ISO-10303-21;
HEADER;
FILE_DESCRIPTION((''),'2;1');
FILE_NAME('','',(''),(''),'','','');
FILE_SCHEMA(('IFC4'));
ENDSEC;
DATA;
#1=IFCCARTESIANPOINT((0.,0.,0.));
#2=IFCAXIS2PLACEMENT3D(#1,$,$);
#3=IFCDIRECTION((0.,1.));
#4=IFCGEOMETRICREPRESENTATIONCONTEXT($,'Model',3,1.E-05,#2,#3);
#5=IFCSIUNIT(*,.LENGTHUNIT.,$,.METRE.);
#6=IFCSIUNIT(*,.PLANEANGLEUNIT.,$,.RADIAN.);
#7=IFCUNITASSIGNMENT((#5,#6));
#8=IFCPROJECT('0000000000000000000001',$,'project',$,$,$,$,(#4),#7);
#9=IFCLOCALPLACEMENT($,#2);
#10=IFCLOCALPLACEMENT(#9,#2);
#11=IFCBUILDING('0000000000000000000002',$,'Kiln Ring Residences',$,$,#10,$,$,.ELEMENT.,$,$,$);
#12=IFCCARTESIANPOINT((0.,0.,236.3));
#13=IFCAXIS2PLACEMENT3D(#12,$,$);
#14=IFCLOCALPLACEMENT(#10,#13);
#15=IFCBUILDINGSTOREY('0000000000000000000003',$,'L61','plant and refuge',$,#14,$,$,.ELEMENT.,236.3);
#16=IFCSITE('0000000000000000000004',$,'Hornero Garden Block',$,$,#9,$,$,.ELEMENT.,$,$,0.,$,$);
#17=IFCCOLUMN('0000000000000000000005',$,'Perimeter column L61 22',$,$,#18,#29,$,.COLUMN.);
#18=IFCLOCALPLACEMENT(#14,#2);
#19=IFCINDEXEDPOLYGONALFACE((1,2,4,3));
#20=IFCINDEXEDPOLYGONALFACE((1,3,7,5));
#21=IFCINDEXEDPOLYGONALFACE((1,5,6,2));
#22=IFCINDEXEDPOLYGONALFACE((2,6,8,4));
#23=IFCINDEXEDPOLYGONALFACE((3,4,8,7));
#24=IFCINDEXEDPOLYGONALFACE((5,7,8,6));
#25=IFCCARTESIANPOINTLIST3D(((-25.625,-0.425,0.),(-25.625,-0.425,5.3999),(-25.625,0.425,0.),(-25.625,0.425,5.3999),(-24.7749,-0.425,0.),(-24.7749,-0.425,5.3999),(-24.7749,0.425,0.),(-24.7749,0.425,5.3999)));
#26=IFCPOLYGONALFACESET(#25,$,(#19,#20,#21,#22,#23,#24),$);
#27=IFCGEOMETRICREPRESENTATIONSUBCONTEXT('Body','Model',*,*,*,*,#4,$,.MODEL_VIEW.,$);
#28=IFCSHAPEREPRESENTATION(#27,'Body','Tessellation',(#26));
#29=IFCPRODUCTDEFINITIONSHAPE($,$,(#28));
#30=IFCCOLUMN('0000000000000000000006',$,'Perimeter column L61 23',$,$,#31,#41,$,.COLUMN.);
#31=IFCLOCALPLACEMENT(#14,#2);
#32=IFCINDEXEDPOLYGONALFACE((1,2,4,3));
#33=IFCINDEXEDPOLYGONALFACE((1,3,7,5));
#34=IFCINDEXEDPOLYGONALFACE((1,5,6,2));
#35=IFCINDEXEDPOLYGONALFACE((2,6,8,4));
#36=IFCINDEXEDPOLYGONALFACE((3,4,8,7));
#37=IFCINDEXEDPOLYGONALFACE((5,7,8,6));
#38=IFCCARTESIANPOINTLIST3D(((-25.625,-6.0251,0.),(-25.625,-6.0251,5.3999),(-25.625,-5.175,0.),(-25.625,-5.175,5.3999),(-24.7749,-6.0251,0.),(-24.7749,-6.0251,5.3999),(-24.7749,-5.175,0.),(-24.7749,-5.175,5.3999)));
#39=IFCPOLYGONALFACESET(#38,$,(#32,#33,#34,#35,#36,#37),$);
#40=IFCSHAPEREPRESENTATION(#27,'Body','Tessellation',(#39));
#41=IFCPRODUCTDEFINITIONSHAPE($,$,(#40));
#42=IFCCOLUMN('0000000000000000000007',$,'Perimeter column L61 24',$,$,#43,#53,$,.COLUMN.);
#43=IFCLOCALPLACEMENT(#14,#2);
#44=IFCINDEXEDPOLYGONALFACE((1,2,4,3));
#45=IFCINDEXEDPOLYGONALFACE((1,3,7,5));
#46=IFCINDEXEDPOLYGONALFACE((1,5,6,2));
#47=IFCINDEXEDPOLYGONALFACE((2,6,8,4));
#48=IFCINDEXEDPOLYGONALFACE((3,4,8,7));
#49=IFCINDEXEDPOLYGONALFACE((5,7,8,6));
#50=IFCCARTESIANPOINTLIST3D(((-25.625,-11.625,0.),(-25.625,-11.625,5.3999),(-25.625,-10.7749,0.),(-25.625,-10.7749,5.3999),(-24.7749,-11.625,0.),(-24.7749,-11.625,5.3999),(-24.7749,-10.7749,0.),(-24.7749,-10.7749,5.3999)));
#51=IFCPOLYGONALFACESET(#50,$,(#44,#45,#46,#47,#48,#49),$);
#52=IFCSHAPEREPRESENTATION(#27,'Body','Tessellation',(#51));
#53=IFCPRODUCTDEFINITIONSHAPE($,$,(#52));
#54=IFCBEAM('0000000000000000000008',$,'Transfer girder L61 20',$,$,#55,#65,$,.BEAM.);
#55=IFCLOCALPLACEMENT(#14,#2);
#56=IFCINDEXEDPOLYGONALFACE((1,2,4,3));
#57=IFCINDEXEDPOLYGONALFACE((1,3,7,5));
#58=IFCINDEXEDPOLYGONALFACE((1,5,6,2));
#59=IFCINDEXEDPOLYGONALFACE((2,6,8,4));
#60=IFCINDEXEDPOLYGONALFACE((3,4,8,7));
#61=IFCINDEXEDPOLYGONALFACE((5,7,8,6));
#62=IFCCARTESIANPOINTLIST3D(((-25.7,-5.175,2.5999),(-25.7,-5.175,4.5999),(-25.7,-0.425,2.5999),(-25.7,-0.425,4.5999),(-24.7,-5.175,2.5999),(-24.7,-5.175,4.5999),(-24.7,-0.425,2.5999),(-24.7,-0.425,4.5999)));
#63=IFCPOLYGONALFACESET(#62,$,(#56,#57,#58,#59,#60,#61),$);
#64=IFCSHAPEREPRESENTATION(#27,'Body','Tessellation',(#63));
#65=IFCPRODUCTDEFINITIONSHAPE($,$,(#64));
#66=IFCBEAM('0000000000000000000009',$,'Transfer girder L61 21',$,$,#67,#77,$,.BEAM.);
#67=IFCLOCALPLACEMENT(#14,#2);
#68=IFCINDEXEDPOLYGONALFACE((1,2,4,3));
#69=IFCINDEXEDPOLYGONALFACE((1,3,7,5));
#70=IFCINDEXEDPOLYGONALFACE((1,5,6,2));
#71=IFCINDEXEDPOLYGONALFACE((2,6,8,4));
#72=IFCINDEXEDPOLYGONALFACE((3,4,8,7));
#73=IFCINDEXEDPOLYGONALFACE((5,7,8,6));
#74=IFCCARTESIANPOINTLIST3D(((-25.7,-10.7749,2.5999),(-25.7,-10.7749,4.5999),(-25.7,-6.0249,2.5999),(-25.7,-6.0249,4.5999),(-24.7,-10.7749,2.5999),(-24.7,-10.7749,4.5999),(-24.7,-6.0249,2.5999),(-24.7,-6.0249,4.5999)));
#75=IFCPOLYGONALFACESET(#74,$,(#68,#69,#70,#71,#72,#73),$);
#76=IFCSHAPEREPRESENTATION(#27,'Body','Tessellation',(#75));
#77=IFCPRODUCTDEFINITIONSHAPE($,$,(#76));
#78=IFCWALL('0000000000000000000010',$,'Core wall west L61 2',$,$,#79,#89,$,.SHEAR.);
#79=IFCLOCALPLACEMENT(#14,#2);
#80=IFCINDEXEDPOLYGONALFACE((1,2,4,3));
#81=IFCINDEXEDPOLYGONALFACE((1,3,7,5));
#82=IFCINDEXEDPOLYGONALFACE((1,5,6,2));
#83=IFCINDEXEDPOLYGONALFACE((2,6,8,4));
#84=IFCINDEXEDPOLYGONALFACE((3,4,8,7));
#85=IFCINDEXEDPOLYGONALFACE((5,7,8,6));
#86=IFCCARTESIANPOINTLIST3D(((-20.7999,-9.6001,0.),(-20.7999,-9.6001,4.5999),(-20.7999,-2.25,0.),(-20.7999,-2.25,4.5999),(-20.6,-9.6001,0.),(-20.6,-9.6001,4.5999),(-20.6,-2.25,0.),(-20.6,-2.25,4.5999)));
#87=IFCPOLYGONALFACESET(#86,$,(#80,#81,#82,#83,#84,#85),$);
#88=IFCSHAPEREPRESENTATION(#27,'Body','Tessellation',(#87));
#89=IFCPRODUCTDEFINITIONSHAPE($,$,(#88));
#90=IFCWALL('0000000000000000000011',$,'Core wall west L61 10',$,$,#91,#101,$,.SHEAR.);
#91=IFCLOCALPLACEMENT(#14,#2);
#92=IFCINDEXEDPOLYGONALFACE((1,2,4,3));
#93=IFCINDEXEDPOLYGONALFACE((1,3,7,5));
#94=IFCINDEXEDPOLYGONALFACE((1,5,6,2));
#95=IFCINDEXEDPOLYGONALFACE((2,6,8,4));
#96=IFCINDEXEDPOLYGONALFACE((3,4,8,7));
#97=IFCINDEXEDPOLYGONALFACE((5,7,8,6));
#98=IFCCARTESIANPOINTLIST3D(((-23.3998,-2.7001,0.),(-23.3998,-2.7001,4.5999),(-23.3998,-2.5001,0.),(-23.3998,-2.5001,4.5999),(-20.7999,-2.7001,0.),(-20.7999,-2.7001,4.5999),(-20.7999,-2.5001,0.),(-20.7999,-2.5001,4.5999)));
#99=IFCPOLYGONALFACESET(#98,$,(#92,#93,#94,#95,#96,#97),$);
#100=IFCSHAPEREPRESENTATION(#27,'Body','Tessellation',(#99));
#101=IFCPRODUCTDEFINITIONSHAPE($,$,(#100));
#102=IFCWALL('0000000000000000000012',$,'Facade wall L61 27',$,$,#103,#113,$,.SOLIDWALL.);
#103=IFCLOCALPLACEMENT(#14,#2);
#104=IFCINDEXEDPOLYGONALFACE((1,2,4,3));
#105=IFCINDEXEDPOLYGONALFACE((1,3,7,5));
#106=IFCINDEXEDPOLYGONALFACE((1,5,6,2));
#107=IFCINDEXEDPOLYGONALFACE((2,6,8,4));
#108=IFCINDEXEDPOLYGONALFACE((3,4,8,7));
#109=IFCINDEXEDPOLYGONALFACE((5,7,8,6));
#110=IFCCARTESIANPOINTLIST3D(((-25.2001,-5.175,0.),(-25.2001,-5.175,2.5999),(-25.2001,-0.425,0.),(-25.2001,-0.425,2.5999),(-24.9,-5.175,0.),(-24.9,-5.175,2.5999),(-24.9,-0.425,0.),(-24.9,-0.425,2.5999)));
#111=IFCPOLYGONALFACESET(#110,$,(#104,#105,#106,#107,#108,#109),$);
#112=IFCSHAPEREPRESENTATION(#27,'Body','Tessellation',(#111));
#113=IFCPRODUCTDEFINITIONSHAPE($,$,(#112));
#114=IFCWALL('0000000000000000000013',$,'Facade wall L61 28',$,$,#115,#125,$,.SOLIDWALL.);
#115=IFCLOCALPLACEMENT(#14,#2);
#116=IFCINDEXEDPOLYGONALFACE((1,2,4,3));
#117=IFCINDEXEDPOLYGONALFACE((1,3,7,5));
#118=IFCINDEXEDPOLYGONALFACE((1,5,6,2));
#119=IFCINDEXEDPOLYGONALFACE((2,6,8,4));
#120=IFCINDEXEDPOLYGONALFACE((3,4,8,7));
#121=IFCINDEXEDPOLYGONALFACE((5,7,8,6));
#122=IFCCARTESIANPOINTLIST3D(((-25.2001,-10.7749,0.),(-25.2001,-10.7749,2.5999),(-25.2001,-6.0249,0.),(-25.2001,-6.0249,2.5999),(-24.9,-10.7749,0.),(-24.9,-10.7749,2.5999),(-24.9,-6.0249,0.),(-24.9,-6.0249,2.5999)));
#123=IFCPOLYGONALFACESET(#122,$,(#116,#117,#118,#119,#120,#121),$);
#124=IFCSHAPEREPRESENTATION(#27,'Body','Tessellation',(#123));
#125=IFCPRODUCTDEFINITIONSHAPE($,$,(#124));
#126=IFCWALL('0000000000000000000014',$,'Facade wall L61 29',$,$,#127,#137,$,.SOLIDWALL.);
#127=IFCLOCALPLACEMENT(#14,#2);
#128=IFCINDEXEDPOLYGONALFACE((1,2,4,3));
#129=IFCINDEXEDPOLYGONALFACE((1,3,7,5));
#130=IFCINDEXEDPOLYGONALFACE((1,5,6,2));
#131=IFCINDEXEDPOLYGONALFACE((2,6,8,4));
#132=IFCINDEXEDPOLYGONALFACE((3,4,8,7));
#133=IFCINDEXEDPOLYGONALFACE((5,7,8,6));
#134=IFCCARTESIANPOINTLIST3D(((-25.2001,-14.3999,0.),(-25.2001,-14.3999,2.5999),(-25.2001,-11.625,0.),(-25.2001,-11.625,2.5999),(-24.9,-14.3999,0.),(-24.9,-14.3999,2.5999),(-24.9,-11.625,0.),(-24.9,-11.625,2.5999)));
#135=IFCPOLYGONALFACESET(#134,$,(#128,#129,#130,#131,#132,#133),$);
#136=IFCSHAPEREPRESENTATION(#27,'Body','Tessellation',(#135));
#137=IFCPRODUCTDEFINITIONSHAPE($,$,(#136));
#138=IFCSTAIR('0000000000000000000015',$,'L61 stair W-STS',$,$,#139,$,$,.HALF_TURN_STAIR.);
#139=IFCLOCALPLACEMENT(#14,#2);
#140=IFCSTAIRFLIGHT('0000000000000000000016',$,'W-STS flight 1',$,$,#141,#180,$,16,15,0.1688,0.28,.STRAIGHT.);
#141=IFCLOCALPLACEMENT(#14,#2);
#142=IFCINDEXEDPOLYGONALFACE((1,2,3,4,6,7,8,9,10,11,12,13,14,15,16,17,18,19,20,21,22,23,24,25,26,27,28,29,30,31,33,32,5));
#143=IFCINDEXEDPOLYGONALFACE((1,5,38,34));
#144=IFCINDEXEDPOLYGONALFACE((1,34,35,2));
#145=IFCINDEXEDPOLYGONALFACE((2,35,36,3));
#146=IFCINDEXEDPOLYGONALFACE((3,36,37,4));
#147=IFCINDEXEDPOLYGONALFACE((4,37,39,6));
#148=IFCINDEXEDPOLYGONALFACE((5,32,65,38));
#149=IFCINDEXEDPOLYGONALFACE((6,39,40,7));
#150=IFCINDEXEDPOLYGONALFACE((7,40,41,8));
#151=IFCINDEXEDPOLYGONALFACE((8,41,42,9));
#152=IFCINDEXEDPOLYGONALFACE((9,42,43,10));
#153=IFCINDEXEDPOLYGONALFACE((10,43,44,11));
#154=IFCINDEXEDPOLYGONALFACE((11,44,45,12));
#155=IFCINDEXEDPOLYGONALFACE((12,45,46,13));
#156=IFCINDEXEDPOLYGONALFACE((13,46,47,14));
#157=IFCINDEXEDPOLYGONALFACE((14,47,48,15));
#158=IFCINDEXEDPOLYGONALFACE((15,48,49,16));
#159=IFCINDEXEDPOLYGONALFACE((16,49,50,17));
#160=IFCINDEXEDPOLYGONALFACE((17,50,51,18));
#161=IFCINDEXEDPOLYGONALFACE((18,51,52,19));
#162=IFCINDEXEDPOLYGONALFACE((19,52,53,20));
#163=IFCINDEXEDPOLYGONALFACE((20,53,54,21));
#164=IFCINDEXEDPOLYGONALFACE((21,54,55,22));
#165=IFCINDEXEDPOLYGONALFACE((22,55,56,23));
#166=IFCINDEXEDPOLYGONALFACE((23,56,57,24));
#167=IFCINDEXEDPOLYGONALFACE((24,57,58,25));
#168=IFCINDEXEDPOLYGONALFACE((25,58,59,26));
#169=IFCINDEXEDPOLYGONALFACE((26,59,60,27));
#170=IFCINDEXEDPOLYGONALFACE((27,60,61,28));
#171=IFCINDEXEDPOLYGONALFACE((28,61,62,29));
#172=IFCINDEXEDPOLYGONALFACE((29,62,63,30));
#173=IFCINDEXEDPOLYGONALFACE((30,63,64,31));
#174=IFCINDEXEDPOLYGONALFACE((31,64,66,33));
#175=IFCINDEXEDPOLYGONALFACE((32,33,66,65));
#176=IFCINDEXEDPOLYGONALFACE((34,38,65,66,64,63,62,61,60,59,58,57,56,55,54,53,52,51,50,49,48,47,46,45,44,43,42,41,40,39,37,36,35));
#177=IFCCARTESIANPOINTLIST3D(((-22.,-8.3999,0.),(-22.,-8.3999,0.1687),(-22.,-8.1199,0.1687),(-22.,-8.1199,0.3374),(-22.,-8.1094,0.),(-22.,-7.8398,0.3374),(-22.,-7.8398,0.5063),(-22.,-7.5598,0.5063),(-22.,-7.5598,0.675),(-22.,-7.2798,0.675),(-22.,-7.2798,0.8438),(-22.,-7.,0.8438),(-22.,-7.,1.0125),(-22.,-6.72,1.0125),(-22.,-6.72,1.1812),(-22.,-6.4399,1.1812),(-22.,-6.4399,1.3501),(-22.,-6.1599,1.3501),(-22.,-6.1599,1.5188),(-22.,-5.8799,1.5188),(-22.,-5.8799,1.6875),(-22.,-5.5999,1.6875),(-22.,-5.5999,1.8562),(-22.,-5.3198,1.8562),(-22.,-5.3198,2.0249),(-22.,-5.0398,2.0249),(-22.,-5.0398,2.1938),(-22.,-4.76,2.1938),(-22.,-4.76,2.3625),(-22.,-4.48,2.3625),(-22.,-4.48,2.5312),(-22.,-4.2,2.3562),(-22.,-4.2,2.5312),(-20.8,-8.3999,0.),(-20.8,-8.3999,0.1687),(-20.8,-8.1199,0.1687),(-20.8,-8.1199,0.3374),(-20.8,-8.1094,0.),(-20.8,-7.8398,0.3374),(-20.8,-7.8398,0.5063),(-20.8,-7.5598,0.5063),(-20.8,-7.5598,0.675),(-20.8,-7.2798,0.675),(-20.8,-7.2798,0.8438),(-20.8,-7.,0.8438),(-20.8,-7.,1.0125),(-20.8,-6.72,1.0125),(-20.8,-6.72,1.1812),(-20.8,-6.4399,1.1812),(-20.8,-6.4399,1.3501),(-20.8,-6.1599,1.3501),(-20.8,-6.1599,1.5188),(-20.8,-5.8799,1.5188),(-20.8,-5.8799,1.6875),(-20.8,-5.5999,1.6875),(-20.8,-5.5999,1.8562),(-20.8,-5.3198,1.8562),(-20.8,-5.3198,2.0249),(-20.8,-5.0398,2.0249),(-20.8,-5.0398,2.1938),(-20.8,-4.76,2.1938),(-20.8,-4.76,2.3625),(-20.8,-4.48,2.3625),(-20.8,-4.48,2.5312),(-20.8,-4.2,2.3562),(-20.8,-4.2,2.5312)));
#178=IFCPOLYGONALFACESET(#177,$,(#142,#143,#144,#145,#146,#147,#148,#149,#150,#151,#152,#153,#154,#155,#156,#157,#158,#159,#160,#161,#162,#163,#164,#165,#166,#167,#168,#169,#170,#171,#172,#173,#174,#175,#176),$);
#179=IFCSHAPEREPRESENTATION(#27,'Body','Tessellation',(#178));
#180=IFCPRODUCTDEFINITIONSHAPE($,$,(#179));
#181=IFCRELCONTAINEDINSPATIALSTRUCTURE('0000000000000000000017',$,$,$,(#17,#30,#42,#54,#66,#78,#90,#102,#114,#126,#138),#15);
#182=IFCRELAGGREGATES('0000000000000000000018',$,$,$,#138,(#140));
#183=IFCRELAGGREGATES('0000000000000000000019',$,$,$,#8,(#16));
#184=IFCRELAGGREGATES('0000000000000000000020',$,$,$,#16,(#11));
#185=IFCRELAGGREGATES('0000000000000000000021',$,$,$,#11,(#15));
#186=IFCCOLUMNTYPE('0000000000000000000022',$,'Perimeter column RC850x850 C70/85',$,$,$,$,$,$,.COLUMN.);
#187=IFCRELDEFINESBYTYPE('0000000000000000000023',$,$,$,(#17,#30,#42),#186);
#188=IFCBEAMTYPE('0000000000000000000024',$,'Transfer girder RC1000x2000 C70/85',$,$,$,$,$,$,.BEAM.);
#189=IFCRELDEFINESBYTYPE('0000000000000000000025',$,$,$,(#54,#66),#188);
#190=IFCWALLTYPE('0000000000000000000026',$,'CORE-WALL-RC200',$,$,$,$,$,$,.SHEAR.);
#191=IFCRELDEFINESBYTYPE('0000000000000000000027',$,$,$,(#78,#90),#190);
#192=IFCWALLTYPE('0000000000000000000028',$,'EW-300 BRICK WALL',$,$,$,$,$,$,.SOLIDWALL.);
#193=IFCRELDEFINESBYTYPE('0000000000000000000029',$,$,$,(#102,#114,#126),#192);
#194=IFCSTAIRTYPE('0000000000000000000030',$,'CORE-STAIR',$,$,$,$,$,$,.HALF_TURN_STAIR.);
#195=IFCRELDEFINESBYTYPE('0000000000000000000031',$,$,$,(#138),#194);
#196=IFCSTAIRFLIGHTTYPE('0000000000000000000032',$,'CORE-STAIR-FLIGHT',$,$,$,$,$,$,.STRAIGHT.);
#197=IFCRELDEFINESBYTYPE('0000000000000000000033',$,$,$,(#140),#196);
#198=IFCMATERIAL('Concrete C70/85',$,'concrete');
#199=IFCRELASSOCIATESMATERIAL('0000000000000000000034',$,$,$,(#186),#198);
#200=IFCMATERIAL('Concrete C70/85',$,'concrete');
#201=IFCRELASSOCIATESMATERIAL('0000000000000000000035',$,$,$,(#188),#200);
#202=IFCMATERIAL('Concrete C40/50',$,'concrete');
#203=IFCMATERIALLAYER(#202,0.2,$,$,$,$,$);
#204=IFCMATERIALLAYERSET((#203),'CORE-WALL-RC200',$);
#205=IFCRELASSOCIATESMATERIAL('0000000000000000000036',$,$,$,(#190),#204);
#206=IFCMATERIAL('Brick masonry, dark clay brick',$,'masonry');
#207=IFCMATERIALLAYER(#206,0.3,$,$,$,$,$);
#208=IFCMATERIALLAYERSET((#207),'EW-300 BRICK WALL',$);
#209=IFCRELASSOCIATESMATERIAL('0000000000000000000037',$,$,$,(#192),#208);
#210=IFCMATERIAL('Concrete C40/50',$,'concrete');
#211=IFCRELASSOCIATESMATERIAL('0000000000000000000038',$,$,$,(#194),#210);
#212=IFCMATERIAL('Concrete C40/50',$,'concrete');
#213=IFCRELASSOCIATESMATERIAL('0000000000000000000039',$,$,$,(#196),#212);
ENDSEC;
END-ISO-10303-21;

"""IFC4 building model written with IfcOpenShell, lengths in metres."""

from ifc_helpers import new_model, si_unit, direction, frame, frame_2d, origin, origin_2d, place, context, subcontext, project, spatial, polyline, rectangle, outline, extrude, material, layer, layer_set, material_profile, profile_set, type_object, element, aggregate, save


model = new_model("IFC4")

# Units and contexts
model_context = context("Model", 3, precision=1e-05, world=origin(), true_north=direction((0.0, 1.0)))
body_context = subcontext(model_context, "Body", "Model", "MODEL_VIEW")
ifc_project = project(units=[si_unit("LENGTHUNIT", "METRE"), si_unit("PLANEANGLEUNIT", "RADIAN")], contexts=[model_context])

# Site, building, storey
site_placement = place(None, origin())
site = spatial("IfcSite", under=ifc_project, at=site_placement, Name="Hornero Garden Block", CompositionType="ELEMENT", RefElevation=0.0)
building_placement = place(site_placement, origin())
building = spatial("IfcBuilding", under=site, at=building_placement, Name="Kiln Ring Residences", CompositionType="ELEMENT")
storey_placement = place(building_placement, frame((0.0, 0.0, 236.3)))
storey = spatial("IfcBuildingStorey", under=building, at=storey_placement, Name="L61", Description="plant and refuge", CompositionType="ELEMENT", Elevation=236.3)

# Columns
ifc_material_1 = material(Name="Concrete C70/85", Category="concrete")
ifc_material_profile_1 = material_profile(ifc_material_1, rectangle(XDim=0.8501, YDim=0.8501, at=origin_2d()), Name="RC850x850")
ifc_profile_set_1 = profile_set([ifc_material_profile_1], Name="Concrete C70/85")
column_type = type_object("IfcColumnType", Name="Perimeter column RC850x850 C70/85", PredefinedType="COLUMN", material=ifc_profile_set_1)
for number, where, z_axis, x_axis, name in (
    (1, (-25.2, 0.0, 0.0), (0.0, 0.0, 1.0), (1.0, 0.0, 0.0), "Perimeter column L61 22"),
    (2, (-25.2, -5.6001, 0.0), (0.0, 0.0, 1.0), (1.0, 0.0, 0.0), "Perimeter column L61 23"),
    (3, (-25.2, -11.2, 0.0), (0.0, 0.0, 1.0), (1.0, 0.0, 0.0), "Perimeter column L61 24"),
):
    element("IfcColumn", number, at=place(storey_placement, frame(where, z_axis=z_axis, x_axis=x_axis)), inside=storey, type_object=column_type, Name=name, PredefinedType="COLUMN", context=body_context, shape_type="SweptSolid", body=[
        extrude(rectangle(XDim=0.8501, YDim=0.8501, at=origin_2d()), origin(), (0.0, 0.0, 1.0), 5.3999),
    ])

# Beams
ifc_material_2 = material(Name="Concrete C70/85", Category="concrete")
ifc_material_profile_2 = material_profile(ifc_material_2, rectangle(XDim=1.0, YDim=2.0, at=origin_2d()), Name="RC1000x2000")
ifc_profile_set_2 = profile_set([ifc_material_profile_2], Name="Concrete C70/85")
beam_type = type_object("IfcBeamType", Name="Transfer girder RC1000x2000 C70/85", PredefinedType="BEAM", material=ifc_profile_set_2)
for number, where, z_axis, x_axis, name in (
    (4, (-25.2, -0.425, 3.5999), (0.0, -1.0, 0.0), (1.0, 0.0, 0.0), "Transfer girder L61 20"),
    (5, (-25.2, -6.0249, 3.5999), (0.0, -1.0, 0.0), (1.0, 0.0, 0.0), "Transfer girder L61 21"),
):
    element("IfcBeam", number, at=place(storey_placement, frame(where, z_axis=z_axis, x_axis=x_axis)), inside=storey, type_object=beam_type, Name=name, PredefinedType="BEAM", context=body_context, shape_type="SweptSolid", body=[
        extrude(rectangle(XDim=1.0, YDim=2.0, at=origin_2d()), origin(), (0.0, 0.0, 1.0), 4.75),
    ])

# Walls
ifc_material_3 = material(Name="Concrete C40/50", Category="concrete")
ifc_layer_1 = layer(ifc_material_3, 0.2)
ifc_layer_set_1 = layer_set([ifc_layer_1], Name="CORE-WALL-RC200")
wall_type_1 = type_object("IfcWallType", Name="CORE-WALL-RC200", PredefinedType="SHEAR", material=ifc_layer_set_1)
wall_1_placement = place(storey_placement, frame((-20.7, -9.6001, 0.0), z_axis=(0.0, 0.0, 1.0), x_axis=(0.0, 1.0, 0.0)))
element("IfcWall", 6, at=wall_1_placement, inside=storey, type_object=wall_type_1, Name="Core wall west L61 2", PredefinedType="SHEAR", context=body_context, shape_type="SweptSolid", body=[
    extrude(rectangle(XDim=7.3501, YDim=0.2, at=frame_2d((3.675, 0.0))), origin(), (0.0, 0.0, 1.0), 4.5999),
])
wall_2_placement = place(storey_placement, frame((-20.8, -2.6001, 0.0), z_axis=(0.0, 0.0, 1.0), x_axis=(-1.0, 0.0, 0.0)))
element("IfcWall", 7, at=wall_2_placement, inside=storey, type_object=wall_type_1, Name="Core wall west L61 10", PredefinedType="SHEAR", context=body_context, shape_type="SweptSolid", body=[
    extrude(rectangle(XDim=2.5999, YDim=0.2, at=frame_2d((1.2998, 0.0))), origin(), (0.0, 0.0, 1.0), 4.5999),
])
ifc_material_4 = material(Name="Brick masonry, dark clay brick", Category="masonry")
ifc_layer_2 = layer(ifc_material_4, 0.3)
ifc_layer_set_2 = layer_set([ifc_layer_2], Name="EW-300 BRICK WALL")
wall_type_2 = type_object("IfcWallType", Name="EW-300 BRICK WALL", PredefinedType="SOLIDWALL", material=ifc_layer_set_2)
for number, where, z_axis, x_axis, name in (
    (8, (-25.05, -0.425, 0.0), (0.0, 0.0, 1.0), (0.0, -1.0, 0.0), "Facade wall L61 27"),
    (9, (-25.05, -6.0249, 0.0), (0.0, 0.0, 1.0), (0.0, -1.0, 0.0), "Facade wall L61 28"),
):
    element("IfcWall", number, at=place(storey_placement, frame(where, z_axis=z_axis, x_axis=x_axis)), inside=storey, type_object=wall_type_2, Name=name, PredefinedType="SOLIDWALL", context=body_context, shape_type="SweptSolid", body=[
        extrude(rectangle(XDim=4.75, YDim=0.3, at=frame_2d((2.375, 0.0))), origin(), (0.0, 0.0, 1.0), 2.5999),
    ])
wall_3_placement = place(storey_placement, frame((-25.05, -11.625, 0.0), z_axis=(0.0, 0.0, 1.0), x_axis=(0.0, -1.0, 0.0)))
element("IfcWall", 10, at=wall_3_placement, inside=storey, type_object=wall_type_2, Name="Facade wall L61 29", PredefinedType="SOLIDWALL", context=body_context, shape_type="SweptSolid", body=[
    extrude(rectangle(XDim=2.7749, YDim=0.3, at=frame_2d((1.3875, 0.0))), origin(), (0.0, 0.0, 1.0), 2.5999),
])

# Stair, stair flight
ifc_material_5 = material(Name="Concrete C40/50", Category="concrete")
stair_type = type_object("IfcStairType", Name="CORE-STAIR", PredefinedType="HALF_TURN_STAIR", material=ifc_material_5)
stair_placement = place(storey_placement, origin())
stair = element("IfcStair", 11, at=stair_placement, inside=storey, type_object=stair_type, Name="L61 stair W-STS", PredefinedType="HALF_TURN_STAIR")
ifc_material_6 = material(Name="Concrete C40/50", Category="concrete")
stair_flight_type = type_object("IfcStairFlightType", Name="CORE-STAIR-FLIGHT", PredefinedType="STRAIGHT", material=ifc_material_6)
stair_flight_1_placement = place(storey_placement, frame((-21.3999, -8.3999, 0.0), z_axis=(0.0, 0.0, 1.0), x_axis=(0.0, 1.0, 0.0)))
stair_flight_1 = element("IfcStairFlight", 12, at=stair_flight_1_placement, type_object=stair_flight_type, Name="W-STS flight 1", NumberOfRisers=16, NumberOfTreads=15, PredefinedType="STRAIGHT", RiserHeight=0.1688, TreadLength=0.28, context=body_context, shape_type="SweptSolid", body=[
    extrude(outline(polyline([(0.0, 0.0), (0.0, 0.1687), (0.28, 0.1687), (0.28, 0.3374), (0.5601, 0.3374), (0.5601, 0.5063), (0.8401, 0.5063), (0.8401, 0.675), (1.1201, 0.675), (1.1201, 0.8438), (1.3999, 0.8438), (1.3999, 1.0125), (1.6799, 1.0125), (1.6799, 1.1812), (1.96, 1.1812), (1.96, 1.3501), (2.24, 1.3501), (2.24, 1.5188), (2.52, 1.5188), (2.52, 1.6875), (2.8, 1.6875), (2.8, 1.8562), (3.0801, 1.8562), (3.0801, 2.0249), (3.3601, 2.0249), (3.3601, 2.1938), (3.6399, 2.1938), (3.6399, 2.3625), (3.9199, 2.3625), (3.9199, 2.5312), (4.2, 2.5312), (4.2, 2.7), (4.2, 2.3562), (0.2905, 0.0), (0.0, 0.0)])), frame((0.0, 0.6001, 0.0), z_axis=(0.0, -1.0, 0.0), x_axis=(1.0, 0.0, 0.0)), (0.0, 0.0, 1.0), 1.2),
])
aggregate(stair, [stair_flight_1])

save(model, "model.ifc")
